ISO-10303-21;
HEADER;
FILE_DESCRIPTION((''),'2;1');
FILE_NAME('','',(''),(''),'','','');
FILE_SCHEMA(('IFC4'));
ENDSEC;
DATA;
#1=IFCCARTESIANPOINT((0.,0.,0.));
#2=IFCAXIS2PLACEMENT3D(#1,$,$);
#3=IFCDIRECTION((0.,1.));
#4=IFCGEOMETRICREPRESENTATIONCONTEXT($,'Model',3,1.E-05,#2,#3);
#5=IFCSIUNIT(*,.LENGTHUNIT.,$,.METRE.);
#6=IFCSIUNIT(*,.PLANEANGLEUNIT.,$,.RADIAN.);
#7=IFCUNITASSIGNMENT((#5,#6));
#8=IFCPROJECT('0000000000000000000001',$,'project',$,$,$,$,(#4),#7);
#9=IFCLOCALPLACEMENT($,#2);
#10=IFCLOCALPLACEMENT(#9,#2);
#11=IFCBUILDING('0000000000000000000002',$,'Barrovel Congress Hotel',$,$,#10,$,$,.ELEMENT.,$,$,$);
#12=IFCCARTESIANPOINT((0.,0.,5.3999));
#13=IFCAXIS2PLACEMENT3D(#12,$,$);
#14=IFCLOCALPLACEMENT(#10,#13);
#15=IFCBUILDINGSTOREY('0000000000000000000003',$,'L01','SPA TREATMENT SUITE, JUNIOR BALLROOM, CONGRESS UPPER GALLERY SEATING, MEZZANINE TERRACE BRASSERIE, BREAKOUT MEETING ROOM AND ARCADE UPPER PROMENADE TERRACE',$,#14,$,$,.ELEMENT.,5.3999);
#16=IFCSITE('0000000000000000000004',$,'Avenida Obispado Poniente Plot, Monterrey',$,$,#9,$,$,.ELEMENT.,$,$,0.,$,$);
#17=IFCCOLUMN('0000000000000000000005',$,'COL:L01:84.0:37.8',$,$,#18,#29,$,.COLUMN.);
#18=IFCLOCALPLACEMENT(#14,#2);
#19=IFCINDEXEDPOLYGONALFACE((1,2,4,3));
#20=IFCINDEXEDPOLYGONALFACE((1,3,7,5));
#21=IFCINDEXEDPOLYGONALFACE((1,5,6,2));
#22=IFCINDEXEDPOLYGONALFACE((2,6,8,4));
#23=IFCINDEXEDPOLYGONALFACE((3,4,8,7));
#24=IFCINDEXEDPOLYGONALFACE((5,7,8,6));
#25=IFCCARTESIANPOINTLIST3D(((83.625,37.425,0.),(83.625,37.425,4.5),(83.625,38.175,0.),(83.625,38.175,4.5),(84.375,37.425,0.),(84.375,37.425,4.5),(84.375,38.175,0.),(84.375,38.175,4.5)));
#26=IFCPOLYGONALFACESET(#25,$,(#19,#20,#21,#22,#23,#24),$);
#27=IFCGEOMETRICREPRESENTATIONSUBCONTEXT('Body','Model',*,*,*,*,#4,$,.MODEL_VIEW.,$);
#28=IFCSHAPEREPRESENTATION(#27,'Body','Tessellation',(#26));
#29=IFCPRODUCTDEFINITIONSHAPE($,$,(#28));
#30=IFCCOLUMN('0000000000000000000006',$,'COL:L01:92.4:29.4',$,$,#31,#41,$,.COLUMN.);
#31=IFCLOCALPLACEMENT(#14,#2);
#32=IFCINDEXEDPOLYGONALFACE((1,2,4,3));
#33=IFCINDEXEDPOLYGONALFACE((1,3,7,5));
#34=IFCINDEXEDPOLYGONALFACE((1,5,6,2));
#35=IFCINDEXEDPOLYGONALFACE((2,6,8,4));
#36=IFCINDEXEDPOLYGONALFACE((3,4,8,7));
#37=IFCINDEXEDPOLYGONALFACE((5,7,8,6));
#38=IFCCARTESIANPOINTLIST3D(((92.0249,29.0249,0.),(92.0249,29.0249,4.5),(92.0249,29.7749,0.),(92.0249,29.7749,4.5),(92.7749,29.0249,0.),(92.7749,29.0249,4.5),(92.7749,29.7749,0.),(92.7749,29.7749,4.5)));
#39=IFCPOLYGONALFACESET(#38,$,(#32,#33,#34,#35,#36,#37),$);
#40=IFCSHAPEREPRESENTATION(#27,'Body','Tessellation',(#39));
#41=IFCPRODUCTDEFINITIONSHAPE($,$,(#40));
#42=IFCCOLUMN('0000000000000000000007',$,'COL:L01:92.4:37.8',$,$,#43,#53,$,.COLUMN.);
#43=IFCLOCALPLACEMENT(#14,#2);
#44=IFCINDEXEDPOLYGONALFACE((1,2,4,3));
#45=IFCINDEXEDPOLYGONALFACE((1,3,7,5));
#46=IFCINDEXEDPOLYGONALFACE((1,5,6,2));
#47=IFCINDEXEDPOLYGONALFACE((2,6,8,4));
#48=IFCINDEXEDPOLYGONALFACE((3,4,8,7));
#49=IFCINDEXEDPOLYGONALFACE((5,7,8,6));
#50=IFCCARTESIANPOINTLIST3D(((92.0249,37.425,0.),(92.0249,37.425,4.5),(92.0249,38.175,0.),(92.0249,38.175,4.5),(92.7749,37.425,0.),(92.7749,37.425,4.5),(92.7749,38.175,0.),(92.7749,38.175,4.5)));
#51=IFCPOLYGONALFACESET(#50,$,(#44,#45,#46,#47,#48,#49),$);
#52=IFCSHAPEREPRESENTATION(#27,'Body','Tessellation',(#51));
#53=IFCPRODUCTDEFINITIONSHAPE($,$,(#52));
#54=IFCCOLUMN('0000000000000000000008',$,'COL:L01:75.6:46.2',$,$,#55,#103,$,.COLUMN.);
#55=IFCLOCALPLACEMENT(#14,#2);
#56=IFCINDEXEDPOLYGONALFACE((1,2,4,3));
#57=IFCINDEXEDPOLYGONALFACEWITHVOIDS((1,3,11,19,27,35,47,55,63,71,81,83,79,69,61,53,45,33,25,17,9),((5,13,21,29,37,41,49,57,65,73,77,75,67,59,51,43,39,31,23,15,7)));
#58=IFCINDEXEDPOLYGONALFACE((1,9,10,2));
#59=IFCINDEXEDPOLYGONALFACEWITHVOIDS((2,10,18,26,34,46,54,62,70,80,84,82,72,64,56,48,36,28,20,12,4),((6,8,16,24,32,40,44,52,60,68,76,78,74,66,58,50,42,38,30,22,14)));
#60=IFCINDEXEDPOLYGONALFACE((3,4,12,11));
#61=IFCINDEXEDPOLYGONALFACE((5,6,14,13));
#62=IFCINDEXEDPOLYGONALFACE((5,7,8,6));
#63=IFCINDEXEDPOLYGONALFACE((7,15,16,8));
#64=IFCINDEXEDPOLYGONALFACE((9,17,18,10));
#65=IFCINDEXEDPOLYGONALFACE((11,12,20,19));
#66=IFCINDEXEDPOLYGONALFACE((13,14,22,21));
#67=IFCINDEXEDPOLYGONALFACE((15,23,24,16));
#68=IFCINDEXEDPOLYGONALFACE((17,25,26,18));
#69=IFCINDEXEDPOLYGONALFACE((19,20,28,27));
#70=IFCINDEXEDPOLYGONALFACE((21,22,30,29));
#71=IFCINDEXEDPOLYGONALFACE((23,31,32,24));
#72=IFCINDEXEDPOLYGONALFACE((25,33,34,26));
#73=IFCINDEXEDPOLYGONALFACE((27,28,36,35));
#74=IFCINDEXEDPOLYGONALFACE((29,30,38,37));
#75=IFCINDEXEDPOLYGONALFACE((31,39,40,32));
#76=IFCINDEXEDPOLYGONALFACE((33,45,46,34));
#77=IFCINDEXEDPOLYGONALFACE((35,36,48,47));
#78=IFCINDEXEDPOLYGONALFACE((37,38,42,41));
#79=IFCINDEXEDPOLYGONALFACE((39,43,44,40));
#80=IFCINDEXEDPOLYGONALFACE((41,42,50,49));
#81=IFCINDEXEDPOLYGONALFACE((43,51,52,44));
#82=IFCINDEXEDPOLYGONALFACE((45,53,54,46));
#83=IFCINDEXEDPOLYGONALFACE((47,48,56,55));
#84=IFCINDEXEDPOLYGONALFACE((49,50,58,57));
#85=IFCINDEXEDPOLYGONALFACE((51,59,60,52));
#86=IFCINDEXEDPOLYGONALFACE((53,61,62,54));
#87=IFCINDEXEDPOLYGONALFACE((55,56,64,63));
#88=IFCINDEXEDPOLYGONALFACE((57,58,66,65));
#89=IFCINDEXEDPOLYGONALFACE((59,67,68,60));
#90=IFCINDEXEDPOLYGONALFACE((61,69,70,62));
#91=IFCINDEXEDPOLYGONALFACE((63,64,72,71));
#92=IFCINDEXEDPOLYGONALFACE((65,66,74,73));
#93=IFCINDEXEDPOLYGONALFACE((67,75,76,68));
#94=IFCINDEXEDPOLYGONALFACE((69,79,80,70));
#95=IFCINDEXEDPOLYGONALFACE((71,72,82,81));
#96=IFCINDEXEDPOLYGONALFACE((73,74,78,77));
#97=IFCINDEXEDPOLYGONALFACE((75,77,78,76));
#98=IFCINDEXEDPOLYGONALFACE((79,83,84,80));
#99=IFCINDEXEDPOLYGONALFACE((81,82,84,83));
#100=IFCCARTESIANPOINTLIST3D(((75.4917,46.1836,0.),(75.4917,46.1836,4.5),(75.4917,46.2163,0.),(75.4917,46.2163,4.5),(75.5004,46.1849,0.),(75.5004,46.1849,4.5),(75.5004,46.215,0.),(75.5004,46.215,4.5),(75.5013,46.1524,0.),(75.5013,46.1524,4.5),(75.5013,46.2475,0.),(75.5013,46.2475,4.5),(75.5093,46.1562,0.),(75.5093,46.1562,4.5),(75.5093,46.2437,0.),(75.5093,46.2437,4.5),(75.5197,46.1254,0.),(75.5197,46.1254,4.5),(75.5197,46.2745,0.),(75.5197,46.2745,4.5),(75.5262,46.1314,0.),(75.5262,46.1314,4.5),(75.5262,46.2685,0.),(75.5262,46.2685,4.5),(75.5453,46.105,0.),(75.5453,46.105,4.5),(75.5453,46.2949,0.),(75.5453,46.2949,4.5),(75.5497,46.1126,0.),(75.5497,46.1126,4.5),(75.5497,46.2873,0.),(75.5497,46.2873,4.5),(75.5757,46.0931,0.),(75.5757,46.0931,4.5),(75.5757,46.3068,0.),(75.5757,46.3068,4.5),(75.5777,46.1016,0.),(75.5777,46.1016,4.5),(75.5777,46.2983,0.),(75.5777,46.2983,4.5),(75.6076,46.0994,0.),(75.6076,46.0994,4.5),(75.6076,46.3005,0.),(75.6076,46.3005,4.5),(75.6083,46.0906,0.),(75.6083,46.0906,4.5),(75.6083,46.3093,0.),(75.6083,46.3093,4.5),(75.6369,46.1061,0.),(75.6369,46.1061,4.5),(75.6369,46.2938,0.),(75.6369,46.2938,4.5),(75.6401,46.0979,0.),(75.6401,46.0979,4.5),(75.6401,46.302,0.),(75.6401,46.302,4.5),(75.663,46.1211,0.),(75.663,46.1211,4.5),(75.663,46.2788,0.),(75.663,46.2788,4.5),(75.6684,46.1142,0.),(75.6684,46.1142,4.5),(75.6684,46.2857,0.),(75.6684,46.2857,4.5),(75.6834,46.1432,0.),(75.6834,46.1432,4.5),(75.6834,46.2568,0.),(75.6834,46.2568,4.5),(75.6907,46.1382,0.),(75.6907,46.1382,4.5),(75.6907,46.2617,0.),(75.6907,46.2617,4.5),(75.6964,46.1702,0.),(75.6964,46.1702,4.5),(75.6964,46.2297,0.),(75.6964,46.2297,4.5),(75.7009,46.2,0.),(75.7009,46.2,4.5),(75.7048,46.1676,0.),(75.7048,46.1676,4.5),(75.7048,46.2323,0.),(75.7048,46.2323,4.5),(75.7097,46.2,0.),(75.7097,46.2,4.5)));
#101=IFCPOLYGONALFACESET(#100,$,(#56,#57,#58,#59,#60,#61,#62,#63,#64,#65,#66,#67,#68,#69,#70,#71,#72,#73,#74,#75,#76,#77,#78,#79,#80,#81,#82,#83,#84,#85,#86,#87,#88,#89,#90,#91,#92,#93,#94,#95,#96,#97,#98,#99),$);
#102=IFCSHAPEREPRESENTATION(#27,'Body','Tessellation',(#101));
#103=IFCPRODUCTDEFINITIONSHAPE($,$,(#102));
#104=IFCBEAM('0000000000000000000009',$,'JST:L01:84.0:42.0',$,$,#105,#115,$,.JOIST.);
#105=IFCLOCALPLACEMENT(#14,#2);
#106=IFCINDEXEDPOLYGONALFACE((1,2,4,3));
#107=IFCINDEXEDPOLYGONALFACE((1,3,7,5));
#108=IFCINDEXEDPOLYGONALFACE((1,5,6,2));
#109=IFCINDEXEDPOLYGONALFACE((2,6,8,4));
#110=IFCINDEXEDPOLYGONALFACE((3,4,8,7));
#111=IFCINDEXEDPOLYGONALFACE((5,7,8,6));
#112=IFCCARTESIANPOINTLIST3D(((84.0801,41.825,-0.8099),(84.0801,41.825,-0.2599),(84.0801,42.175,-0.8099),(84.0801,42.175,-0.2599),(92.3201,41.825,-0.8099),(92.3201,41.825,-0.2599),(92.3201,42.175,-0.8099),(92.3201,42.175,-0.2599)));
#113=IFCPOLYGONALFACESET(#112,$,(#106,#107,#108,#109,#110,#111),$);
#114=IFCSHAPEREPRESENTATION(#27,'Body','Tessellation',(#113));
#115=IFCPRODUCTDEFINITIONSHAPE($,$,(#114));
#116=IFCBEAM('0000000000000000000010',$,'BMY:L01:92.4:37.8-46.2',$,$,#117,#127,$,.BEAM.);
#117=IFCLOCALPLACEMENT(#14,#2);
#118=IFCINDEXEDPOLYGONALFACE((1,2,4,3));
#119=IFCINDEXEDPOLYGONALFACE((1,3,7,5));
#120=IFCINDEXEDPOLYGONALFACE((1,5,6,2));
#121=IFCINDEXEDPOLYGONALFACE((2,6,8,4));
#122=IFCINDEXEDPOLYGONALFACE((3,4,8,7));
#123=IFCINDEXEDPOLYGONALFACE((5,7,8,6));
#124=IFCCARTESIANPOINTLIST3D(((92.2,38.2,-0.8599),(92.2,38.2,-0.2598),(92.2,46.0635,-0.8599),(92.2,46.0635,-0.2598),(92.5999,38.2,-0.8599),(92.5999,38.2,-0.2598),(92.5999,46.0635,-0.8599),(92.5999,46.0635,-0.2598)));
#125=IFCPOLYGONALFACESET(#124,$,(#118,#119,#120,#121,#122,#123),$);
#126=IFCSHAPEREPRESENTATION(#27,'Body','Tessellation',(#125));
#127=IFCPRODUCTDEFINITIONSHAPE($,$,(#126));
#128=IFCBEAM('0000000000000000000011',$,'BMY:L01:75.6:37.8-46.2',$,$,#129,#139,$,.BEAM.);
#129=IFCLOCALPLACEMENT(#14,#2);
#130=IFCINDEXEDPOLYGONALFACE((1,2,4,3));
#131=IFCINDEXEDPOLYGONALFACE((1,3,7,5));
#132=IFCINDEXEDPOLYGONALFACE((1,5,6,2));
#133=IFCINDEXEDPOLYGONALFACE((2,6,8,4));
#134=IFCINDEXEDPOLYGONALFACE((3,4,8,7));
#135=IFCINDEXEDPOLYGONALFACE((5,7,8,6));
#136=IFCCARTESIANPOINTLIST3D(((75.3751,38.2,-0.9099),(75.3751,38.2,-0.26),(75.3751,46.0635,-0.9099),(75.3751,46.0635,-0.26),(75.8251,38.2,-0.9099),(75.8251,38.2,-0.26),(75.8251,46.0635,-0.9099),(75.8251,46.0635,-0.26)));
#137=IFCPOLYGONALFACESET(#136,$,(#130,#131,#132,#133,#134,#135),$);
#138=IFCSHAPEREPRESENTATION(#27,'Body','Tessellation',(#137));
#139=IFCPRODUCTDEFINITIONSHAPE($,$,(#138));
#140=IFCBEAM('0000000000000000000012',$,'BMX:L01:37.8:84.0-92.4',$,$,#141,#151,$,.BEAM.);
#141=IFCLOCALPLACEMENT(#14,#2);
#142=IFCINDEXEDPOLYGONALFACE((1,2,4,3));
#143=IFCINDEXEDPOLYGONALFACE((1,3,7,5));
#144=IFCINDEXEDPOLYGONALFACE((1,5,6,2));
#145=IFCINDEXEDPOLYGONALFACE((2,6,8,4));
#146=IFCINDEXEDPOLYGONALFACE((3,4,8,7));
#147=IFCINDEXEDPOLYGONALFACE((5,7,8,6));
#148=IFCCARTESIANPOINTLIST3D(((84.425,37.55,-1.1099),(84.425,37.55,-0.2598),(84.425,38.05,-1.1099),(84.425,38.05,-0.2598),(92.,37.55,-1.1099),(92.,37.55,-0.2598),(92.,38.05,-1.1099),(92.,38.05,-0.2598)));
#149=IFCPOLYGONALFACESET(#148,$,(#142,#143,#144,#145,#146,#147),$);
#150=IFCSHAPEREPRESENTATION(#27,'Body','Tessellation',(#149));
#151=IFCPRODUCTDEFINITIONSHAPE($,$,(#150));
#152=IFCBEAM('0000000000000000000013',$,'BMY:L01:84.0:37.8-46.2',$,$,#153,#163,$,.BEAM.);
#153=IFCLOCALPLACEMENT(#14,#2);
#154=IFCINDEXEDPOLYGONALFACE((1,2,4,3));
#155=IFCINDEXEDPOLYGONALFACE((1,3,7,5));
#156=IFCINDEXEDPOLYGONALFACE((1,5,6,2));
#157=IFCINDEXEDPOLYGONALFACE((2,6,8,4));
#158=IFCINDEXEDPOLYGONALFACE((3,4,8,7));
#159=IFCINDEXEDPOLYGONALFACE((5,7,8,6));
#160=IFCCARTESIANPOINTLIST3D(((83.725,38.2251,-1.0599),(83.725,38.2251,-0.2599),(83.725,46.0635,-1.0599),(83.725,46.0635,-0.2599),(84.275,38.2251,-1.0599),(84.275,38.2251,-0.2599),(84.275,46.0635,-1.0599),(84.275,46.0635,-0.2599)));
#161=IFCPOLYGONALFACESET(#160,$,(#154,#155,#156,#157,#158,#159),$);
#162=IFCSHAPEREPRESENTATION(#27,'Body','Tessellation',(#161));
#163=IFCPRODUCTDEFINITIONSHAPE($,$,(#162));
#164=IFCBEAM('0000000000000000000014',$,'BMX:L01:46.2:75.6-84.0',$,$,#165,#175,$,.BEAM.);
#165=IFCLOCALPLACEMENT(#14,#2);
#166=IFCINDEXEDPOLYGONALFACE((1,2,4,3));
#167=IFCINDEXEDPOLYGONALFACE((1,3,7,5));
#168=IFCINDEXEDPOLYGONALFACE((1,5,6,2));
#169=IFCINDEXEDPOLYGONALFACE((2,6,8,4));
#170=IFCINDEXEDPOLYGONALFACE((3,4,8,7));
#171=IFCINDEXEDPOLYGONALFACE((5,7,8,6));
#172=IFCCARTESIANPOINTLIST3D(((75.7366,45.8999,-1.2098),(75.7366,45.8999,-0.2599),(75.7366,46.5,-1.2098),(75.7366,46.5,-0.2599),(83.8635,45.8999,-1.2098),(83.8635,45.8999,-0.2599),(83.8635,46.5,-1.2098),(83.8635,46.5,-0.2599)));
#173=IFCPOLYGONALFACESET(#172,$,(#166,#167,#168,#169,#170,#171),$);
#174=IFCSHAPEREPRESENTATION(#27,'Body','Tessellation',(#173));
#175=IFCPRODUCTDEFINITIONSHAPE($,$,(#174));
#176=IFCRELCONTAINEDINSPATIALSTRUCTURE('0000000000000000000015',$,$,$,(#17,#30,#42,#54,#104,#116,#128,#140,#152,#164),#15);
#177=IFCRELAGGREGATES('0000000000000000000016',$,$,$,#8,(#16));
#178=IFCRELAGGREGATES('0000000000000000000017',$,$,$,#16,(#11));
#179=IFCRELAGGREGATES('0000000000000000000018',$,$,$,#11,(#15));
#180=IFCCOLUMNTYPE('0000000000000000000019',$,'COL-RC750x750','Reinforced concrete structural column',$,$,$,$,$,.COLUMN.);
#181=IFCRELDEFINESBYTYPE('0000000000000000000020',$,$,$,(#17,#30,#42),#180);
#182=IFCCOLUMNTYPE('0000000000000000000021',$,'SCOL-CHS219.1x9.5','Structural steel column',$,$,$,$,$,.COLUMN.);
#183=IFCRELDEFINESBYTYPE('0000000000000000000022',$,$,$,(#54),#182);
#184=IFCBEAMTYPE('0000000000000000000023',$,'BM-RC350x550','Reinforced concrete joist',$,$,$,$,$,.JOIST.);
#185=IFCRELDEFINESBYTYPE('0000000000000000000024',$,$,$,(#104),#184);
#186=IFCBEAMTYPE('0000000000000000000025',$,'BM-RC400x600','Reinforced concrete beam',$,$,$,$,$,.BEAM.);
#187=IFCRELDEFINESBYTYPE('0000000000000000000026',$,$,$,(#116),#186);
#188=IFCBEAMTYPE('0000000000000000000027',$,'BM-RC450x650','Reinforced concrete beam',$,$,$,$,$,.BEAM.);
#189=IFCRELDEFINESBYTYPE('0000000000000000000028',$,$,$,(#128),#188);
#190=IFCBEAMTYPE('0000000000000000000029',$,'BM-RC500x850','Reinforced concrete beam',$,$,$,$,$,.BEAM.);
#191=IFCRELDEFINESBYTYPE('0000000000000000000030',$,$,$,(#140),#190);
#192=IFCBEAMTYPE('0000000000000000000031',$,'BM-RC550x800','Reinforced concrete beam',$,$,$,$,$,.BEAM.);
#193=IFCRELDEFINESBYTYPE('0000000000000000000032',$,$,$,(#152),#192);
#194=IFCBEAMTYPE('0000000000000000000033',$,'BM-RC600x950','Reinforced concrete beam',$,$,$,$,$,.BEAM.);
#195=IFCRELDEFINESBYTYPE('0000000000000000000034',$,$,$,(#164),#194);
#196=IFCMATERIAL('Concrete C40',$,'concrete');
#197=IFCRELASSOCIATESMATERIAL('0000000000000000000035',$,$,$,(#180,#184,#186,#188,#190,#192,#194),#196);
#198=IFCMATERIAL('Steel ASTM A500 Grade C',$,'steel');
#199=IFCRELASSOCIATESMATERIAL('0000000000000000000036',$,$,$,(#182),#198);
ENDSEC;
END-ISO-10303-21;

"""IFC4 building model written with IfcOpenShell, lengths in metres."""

from ifc_helpers import new_model, si_unit, direction, frame, origin, origin_2d, place, context, subcontext, project, spatial, rectangle, hollow_circle, extrude, material, material_profile, profile_set, type_object, element, save


model = new_model("IFC4")

# Units and contexts
model_context = context("Model", 3, precision=1e-05, world=origin(), true_north=direction((0.0, 1.0)))
body_context = subcontext(model_context, "Body", "Model", "MODEL_VIEW")
ifc_project = project(units=[si_unit("LENGTHUNIT", "METRE"), si_unit("PLANEANGLEUNIT", "RADIAN")], contexts=[model_context])

# Site, building, storey
site_placement = place(None, origin())
site = spatial("IfcSite", under=ifc_project, at=site_placement, Name="Avenida Obispado Poniente Plot, Monterrey", CompositionType="ELEMENT", RefElevation=0.0)
building_placement = place(site_placement, origin())
building = spatial("IfcBuilding", under=site, at=building_placement, Name="Barrovel Congress Hotel", CompositionType="ELEMENT")
storey_placement = place(building_placement, frame((0.0, 0.0, 5.3999)))
storey = spatial("IfcBuildingStorey", under=building, at=storey_placement, Name="L01", Description="SPA TREATMENT SUITE, JUNIOR BALLROOM, CONGRESS UPPER GALLERY SEATING, MEZZANINE TERRACE BRASSERIE, BREAKOUT MEETING ROOM AND ARCADE UPPER PROMENADE TERRACE", CompositionType="ELEMENT", Elevation=5.3999)

# Columns
ifc_material_1 = material(Name="Concrete C40", Category="concrete")
ifc_material_profile_1 = material_profile(ifc_material_1, rectangle(XDim=0.75, YDim=0.75, at=origin_2d()), Name="RC750x750")
ifc_profile_set_1 = profile_set([ifc_material_profile_1], Name="Concrete C40")
column_type_1 = type_object("IfcColumnType", Name="COL-RC750x750", Description="Reinforced concrete structural column", PredefinedType="COLUMN", material=ifc_profile_set_1)
for number, where, z_axis, x_axis, name in (
    (1, (84.0, 37.8, 0.0), (0.0, 0.0, 1.0), (1.0, 0.0, 0.0), "COL:L01:84.0:37.8"),
    (2, (92.3999, 29.3999, 0.0), (0.0, 0.0, 1.0), (1.0, 0.0, 0.0), "COL:L01:92.4:29.4"),
    (3, (92.3999, 37.8, 0.0), (0.0, 0.0, 1.0), (1.0, 0.0, 0.0), "COL:L01:92.4:37.8"),
):
    element("IfcColumn", number, at=place(storey_placement, frame(where, z_axis=z_axis, x_axis=x_axis)), inside=storey, type_object=column_type_1, Name=name, PredefinedType="COLUMN", context=body_context, shape_type="SweptSolid", body=[
        extrude(rectangle(XDim=0.75, YDim=0.75, at=origin_2d()), origin(), (0.0, 0.0, 1.0), 4.5),
    ])
ifc_material_2 = material(Name="Steel ASTM A500 Grade C", Category="steel")
ifc_material_profile_2 = material_profile(ifc_material_2, hollow_circle(Radius=0.1096, WallThickness=0.0088, at=origin_2d()), Name="CHS219.1x9.5")
ifc_profile_set_2 = profile_set([ifc_material_profile_2], Name="Steel ASTM A500 Grade C")
column_type_2 = type_object("IfcColumnType", Name="SCOL-CHS219.1x9.5", Description="Structural steel column", PredefinedType="COLUMN", material=ifc_profile_set_2)
column_placement = place(storey_placement, frame((75.6001, 46.2, 0.0), z_axis=(0.0, 0.0, 1.0), x_axis=(1.0, 0.0, 0.0)))
element("IfcColumn", 4, at=column_placement, inside=storey, type_object=column_type_2, Name="COL:L01:75.6:46.2", PredefinedType="COLUMN", context=body_context, shape_type="SweptSolid", body=[
    extrude(hollow_circle(Radius=0.1096, WallThickness=0.0088, at=origin_2d()), origin(), (0.0, 0.0, 1.0), 4.5),
])

# Beams
ifc_material_profile_3 = material_profile(ifc_material_1, rectangle(XDim=0.3501, YDim=0.55, at=origin_2d()), Name="RC350x550")
ifc_profile_set_3 = profile_set([ifc_material_profile_3], Name="Concrete C40")
beam_type_1 = type_object("IfcBeamType", Name="BM-RC350x550", Description="Reinforced concrete joist", PredefinedType="JOIST", material=ifc_profile_set_3)
beam_1_placement = place(storey_placement, frame((84.0801, 42.0, -0.5349), z_axis=(1.0, 0.0, 0.0), x_axis=(0.0, 1.0, 0.0)))
element("IfcBeam", 5, at=beam_1_placement, inside=storey, type_object=beam_type_1, Name="JST:L01:84.0:42.0", PredefinedType="JOIST", context=body_context, shape_type="SweptSolid", body=[
    extrude(rectangle(XDim=0.3501, YDim=0.55, at=origin_2d()), origin(), (0.0, 0.0, 1.0), 8.24),
])
ifc_material_profile_4 = material_profile(ifc_material_1, rectangle(XDim=0.3999, YDim=0.6001, at=origin_2d()), Name="RC400x600")
ifc_profile_set_4 = profile_set([ifc_material_profile_4], Name="Concrete C40")
beam_type_2 = type_object("IfcBeamType", Name="BM-RC400x600", Description="Reinforced concrete beam", PredefinedType="BEAM", material=ifc_profile_set_4)
beam_2_placement = place(storey_placement, frame((92.3999, 38.2, -0.5598), z_axis=(0.0, 1.0, 0.0), x_axis=(-1.0, 0.0, 0.0)))
element("IfcBeam", 6, at=beam_2_placement, inside=storey, type_object=beam_type_2, Name="BMY:L01:92.4:37.8-46.2", PredefinedType="BEAM", context=body_context, shape_type="SweptSolid", body=[
    extrude(rectangle(XDim=0.3999, YDim=0.6001, at=origin_2d()), origin(), (0.0, 0.0, 1.0), 7.8635),
])
ifc_material_profile_5 = material_profile(ifc_material_1, rectangle(XDim=0.45, YDim=0.6499, at=origin_2d()), Name="RC450x650")
ifc_profile_set_5 = profile_set([ifc_material_profile_5], Name="Concrete C40")
beam_type_3 = type_object("IfcBeamType", Name="BM-RC450x650", Description="Reinforced concrete beam", PredefinedType="BEAM", material=ifc_profile_set_5)
beam_3_placement = place(storey_placement, frame((75.6001, 38.2, -0.585), z_axis=(0.0, 1.0, 0.0), x_axis=(-1.0, 0.0, 0.0)))
element("IfcBeam", 7, at=beam_3_placement, inside=storey, type_object=beam_type_3, Name="BMY:L01:75.6:37.8-46.2", PredefinedType="BEAM", context=body_context, shape_type="SweptSolid", body=[
    extrude(rectangle(XDim=0.45, YDim=0.6499, at=origin_2d()), origin(), (0.0, 0.0, 1.0), 7.8635),
])
ifc_material_profile_6 = material_profile(ifc_material_1, rectangle(XDim=0.5, YDim=0.8501, at=origin_2d()), Name="RC500x850")
ifc_profile_set_6 = profile_set([ifc_material_profile_6], Name="Concrete C40")
beam_type_4 = type_object("IfcBeamType", Name="BM-RC500x850", Description="Reinforced concrete beam", PredefinedType="BEAM", material=ifc_profile_set_6)
beam_4_placement = place(storey_placement, frame((84.425, 37.8, -0.6848), z_axis=(1.0, 0.0, 0.0), x_axis=(0.0, 1.0, 0.0)))
element("IfcBeam", 8, at=beam_4_placement, inside=storey, type_object=beam_type_4, Name="BMX:L01:37.8:84.0-92.4", PredefinedType="BEAM", context=body_context, shape_type="SweptSolid", body=[
    extrude(rectangle(XDim=0.5, YDim=0.8501, at=origin_2d()), origin(), (0.0, 0.0, 1.0), 7.575),
])
ifc_material_profile_7 = material_profile(ifc_material_1, rectangle(XDim=0.55, YDim=0.8, at=origin_2d()), Name="RC550x800")
ifc_profile_set_7 = profile_set([ifc_material_profile_7], Name="Concrete C40")
beam_type_5 = type_object("IfcBeamType", Name="BM-RC550x800", Description="Reinforced concrete beam", PredefinedType="BEAM", material=ifc_profile_set_7)
beam_5_placement = place(storey_placement, frame((84.0, 38.2251, -0.6599), z_axis=(0.0, 1.0, 0.0), x_axis=(-1.0, 0.0, 0.0)))
element("IfcBeam", 9, at=beam_5_placement, inside=storey, type_object=beam_type_5, Name="BMY:L01:84.0:37.8-46.2", PredefinedType="BEAM", context=body_context, shape_type="SweptSolid", body=[
    extrude(rectangle(XDim=0.55, YDim=0.8, at=origin_2d()), origin(), (0.0, 0.0, 1.0), 7.8384),
])
ifc_material_profile_8 = material_profile(ifc_material_1, rectangle(XDim=0.6001, YDim=0.95, at=origin_2d()), Name="RC600x950")
ifc_profile_set_8 = profile_set([ifc_material_profile_8], Name="Concrete C40")
beam_type_6 = type_object("IfcBeamType", Name="BM-RC600x950", Description="Reinforced concrete beam", PredefinedType="BEAM", material=ifc_profile_set_8)
beam_6_placement = place(storey_placement, frame((75.7366, 46.2, -0.7349), z_axis=(1.0, 0.0, 0.0), x_axis=(0.0, 1.0, 0.0)))
element("IfcBeam", 10, at=beam_6_placement, inside=storey, type_object=beam_type_6, Name="BMX:L01:46.2:75.6-84.0", PredefinedType="BEAM", context=body_context, shape_type="SweptSolid", body=[
    extrude(rectangle(XDim=0.6001, YDim=0.95, at=origin_2d()), origin(), (0.0, 0.0, 1.0), 8.127),
])

save(model, "model.ifc")
